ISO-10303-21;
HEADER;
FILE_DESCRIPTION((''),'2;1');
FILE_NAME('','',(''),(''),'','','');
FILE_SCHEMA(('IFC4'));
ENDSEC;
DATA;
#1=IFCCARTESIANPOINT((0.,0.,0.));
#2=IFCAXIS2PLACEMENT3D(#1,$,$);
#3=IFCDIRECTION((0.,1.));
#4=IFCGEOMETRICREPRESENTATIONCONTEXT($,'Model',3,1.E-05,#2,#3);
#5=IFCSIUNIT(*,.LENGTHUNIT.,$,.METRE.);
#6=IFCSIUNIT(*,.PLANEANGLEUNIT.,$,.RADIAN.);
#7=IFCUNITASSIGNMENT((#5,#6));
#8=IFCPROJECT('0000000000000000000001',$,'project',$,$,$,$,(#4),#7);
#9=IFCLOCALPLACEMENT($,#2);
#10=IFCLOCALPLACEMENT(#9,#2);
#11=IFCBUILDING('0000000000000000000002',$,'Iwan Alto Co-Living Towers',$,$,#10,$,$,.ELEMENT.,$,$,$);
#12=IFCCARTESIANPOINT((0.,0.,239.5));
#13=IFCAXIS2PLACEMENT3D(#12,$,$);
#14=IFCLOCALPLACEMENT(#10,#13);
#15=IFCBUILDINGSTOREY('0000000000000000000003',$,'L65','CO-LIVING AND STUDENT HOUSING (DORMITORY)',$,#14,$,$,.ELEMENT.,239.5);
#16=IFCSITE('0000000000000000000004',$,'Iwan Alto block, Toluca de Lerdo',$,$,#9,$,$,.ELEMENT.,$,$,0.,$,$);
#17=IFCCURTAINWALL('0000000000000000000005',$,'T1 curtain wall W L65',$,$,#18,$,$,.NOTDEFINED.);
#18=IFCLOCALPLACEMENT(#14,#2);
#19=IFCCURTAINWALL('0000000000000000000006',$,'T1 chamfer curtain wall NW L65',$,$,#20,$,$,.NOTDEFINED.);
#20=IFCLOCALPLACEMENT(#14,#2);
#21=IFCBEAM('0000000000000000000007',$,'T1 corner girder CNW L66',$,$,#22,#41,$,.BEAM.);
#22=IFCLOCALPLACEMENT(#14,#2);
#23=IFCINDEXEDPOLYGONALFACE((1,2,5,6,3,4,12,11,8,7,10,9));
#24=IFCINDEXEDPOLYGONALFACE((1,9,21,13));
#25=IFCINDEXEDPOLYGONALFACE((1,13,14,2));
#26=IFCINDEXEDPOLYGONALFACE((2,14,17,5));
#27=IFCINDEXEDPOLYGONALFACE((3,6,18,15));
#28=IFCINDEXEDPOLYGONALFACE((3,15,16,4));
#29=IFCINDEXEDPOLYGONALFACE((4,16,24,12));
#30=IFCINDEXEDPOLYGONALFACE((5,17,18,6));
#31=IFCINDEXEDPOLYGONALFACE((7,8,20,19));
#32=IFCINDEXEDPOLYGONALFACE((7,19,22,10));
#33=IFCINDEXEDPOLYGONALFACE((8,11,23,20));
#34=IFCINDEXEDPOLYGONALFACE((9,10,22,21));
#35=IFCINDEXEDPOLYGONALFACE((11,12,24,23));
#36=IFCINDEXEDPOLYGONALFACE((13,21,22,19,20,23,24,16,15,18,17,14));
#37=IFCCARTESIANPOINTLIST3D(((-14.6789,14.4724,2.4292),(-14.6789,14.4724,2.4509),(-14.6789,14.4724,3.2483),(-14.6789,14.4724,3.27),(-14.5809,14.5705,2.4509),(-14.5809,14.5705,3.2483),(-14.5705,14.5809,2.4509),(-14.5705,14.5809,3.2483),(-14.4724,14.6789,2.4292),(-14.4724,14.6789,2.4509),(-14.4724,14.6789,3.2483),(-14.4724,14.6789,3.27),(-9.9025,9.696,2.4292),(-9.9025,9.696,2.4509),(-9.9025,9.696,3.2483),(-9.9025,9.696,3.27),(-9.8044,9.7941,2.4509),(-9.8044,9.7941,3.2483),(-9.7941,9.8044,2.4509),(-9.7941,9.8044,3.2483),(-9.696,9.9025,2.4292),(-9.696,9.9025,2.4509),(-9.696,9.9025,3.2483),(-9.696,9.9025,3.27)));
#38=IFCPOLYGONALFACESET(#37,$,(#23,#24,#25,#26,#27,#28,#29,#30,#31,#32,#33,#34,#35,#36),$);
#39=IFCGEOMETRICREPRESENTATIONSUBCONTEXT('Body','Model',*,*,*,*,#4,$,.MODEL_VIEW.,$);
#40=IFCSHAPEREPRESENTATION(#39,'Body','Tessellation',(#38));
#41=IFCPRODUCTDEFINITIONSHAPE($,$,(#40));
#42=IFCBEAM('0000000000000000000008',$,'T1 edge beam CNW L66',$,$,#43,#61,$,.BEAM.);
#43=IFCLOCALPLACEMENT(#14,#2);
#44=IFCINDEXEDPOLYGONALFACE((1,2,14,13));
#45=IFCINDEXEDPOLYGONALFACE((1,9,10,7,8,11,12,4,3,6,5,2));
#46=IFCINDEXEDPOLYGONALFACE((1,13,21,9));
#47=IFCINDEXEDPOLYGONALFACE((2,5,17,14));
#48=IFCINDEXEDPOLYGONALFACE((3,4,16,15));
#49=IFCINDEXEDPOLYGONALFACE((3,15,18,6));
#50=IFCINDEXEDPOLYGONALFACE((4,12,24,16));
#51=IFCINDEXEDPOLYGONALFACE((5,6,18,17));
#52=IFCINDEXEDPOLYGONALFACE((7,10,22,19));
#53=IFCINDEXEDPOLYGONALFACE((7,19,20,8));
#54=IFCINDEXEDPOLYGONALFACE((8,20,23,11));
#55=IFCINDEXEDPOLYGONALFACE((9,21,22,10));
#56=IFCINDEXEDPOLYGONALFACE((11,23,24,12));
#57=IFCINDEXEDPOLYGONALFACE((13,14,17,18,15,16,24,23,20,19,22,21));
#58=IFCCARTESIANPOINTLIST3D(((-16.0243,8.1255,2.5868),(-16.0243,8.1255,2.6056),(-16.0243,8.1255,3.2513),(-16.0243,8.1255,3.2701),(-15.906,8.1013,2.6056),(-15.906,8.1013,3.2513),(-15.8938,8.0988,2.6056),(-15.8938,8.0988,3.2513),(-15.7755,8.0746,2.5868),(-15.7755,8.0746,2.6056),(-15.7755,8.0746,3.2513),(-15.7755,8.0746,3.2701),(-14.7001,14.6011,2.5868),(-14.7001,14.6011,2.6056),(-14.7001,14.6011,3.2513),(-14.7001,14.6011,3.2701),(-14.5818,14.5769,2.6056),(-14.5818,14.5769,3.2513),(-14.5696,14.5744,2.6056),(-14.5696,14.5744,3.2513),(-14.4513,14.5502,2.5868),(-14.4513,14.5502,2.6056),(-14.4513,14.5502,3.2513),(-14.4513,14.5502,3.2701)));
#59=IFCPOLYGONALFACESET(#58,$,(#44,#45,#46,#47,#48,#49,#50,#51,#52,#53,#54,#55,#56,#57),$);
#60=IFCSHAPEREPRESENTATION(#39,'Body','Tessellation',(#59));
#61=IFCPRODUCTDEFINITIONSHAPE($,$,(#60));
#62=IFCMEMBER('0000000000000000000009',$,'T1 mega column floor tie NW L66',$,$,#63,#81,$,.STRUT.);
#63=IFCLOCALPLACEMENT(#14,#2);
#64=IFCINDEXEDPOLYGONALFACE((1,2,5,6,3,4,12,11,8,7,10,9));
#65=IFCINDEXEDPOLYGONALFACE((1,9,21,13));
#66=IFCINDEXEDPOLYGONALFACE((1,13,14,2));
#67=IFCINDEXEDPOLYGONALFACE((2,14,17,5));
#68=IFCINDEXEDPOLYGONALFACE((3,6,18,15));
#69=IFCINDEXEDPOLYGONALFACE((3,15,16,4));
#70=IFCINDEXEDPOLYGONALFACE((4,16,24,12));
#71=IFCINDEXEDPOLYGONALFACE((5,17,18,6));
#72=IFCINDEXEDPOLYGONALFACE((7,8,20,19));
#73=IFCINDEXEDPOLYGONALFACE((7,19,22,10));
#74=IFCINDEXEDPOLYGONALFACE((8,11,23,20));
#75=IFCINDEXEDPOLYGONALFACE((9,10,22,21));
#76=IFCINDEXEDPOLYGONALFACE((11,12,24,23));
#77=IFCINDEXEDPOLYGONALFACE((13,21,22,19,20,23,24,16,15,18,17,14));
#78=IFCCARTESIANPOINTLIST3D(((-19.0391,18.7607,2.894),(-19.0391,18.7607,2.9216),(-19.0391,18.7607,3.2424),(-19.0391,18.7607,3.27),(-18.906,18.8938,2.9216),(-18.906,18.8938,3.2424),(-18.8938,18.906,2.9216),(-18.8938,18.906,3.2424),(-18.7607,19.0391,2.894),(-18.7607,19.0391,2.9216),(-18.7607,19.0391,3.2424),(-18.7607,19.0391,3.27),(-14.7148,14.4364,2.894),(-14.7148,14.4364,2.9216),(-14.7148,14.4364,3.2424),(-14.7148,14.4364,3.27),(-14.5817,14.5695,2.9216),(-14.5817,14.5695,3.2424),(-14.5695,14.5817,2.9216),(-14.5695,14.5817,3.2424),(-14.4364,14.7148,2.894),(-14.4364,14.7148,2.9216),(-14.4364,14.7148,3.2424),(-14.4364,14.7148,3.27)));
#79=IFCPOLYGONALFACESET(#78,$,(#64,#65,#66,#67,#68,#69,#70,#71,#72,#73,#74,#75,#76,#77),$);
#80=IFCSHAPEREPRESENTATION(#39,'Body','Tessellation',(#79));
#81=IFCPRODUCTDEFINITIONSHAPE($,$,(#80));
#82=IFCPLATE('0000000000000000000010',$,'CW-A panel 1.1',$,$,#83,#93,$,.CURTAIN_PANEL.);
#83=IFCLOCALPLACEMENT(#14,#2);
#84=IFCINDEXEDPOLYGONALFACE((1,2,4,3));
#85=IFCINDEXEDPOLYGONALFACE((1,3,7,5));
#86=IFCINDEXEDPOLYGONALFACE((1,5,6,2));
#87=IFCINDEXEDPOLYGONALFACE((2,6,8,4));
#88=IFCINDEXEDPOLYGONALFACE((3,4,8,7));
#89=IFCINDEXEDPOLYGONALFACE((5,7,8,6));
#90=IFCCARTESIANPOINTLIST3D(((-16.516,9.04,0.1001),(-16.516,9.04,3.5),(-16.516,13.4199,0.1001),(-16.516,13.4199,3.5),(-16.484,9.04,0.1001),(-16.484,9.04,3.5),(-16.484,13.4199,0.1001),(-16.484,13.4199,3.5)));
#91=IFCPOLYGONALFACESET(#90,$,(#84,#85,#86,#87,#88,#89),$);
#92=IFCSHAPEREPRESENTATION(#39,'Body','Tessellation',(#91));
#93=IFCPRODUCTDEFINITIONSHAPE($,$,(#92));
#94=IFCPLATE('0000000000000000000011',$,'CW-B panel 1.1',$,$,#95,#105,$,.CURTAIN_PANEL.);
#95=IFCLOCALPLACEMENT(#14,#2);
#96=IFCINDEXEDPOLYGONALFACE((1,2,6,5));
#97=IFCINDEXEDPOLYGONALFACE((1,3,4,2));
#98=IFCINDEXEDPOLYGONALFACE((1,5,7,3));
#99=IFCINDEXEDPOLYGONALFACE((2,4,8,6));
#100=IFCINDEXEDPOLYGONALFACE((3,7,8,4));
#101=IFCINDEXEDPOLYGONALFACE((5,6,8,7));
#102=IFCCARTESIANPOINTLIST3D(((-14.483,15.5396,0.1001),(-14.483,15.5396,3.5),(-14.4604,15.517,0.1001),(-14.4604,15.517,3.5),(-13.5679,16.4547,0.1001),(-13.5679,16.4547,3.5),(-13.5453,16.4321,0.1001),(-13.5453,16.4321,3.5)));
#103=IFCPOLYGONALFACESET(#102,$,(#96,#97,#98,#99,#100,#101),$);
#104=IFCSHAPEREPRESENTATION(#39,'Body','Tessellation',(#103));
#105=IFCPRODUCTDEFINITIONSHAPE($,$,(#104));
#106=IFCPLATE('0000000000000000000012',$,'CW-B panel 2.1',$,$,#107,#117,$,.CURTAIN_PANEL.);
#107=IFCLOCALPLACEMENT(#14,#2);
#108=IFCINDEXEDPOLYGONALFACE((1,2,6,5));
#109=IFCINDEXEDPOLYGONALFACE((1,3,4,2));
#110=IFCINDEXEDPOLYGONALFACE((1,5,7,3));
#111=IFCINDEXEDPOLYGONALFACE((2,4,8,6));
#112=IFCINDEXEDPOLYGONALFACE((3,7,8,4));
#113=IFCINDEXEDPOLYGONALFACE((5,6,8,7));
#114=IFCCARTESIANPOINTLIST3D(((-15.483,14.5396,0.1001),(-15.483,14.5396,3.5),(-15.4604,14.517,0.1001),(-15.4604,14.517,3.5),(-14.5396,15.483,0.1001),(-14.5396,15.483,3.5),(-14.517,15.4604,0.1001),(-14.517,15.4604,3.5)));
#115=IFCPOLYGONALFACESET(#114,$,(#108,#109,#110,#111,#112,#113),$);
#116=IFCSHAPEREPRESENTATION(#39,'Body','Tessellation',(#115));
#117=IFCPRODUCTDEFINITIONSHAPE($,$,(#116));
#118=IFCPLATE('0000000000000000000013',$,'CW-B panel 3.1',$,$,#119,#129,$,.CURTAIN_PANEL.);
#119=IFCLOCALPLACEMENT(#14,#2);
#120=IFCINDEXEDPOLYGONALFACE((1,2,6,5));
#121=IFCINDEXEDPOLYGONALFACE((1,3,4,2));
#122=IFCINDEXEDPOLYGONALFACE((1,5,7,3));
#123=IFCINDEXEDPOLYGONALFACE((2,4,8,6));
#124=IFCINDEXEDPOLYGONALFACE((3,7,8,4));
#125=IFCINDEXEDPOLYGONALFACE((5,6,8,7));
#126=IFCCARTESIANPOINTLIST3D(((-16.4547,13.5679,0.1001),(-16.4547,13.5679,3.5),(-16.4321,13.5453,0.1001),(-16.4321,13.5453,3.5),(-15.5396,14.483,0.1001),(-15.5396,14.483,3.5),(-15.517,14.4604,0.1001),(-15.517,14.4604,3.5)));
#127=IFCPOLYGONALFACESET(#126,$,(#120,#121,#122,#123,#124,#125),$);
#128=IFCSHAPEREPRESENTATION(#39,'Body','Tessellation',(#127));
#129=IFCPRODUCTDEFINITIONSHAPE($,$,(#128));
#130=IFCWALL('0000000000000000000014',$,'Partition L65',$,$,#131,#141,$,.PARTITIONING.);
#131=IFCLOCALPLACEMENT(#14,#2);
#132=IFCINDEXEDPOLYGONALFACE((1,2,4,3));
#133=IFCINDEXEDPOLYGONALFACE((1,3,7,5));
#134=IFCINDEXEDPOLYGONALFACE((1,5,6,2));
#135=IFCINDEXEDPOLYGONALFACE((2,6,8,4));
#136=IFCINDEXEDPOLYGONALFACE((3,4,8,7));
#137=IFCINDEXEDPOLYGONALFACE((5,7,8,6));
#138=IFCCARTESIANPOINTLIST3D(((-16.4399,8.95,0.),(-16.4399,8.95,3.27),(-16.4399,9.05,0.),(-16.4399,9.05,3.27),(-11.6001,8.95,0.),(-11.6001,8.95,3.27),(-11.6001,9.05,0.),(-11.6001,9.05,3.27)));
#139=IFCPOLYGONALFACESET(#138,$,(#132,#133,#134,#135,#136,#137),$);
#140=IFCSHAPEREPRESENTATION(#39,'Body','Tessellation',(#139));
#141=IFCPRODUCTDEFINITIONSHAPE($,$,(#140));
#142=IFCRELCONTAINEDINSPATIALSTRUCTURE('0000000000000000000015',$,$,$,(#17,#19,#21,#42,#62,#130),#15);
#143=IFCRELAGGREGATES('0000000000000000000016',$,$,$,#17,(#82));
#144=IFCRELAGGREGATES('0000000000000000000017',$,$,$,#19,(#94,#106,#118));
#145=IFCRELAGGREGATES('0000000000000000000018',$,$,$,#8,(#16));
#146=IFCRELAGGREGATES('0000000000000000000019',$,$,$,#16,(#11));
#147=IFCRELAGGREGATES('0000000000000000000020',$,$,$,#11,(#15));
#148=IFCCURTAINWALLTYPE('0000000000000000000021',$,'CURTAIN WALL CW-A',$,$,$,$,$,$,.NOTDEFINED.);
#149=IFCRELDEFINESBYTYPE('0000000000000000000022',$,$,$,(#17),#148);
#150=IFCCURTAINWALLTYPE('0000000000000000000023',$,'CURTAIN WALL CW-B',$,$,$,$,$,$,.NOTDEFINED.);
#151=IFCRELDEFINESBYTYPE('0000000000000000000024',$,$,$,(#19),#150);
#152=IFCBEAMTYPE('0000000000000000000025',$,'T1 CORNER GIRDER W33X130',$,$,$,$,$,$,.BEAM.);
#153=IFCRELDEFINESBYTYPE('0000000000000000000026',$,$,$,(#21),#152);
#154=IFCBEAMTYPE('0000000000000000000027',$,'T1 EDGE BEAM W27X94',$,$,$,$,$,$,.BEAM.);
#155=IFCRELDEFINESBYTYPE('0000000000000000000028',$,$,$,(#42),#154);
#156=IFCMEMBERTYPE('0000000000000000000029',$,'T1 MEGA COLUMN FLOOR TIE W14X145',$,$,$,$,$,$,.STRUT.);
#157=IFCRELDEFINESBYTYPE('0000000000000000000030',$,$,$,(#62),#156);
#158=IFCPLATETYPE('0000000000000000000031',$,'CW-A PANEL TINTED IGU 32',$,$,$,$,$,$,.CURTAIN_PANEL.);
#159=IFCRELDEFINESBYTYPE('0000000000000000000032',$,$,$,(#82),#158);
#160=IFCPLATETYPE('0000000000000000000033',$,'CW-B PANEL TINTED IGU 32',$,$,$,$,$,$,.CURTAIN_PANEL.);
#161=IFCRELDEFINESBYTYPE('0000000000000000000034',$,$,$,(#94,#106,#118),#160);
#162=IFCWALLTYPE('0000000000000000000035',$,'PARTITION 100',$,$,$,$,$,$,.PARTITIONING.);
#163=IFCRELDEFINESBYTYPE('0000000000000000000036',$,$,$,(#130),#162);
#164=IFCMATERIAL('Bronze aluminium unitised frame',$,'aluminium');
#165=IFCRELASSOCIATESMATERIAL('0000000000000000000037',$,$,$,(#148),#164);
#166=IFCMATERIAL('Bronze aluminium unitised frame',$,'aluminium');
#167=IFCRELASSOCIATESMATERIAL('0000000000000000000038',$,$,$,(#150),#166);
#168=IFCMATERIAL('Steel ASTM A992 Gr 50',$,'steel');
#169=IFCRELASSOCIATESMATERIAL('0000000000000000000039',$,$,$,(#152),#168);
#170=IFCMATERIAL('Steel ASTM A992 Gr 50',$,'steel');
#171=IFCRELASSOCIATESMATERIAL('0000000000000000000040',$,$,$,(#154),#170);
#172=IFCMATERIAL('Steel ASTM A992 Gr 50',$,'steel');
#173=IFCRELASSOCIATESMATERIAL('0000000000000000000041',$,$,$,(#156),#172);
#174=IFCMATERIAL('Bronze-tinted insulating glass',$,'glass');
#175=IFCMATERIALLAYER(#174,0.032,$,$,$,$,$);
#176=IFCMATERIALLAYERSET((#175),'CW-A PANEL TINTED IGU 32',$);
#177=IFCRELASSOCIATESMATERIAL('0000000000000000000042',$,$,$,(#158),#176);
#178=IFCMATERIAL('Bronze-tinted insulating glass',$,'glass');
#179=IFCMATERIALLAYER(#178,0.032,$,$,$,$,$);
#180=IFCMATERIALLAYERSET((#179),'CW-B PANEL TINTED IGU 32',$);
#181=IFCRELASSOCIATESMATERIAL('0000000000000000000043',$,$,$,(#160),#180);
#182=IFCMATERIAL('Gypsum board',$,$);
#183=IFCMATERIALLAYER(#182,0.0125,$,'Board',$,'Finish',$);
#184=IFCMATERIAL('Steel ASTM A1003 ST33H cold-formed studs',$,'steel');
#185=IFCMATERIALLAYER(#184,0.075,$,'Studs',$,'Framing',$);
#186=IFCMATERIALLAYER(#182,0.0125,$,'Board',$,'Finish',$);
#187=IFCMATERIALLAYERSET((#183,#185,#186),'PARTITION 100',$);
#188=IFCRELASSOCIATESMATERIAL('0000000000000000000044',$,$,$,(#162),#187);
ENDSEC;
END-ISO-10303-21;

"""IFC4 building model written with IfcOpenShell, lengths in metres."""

from ifc_helpers import new_model, si_unit, direction, frame, frame_2d, origin, origin_2d, place, context, subcontext, project, spatial, rectangle, i_section, extrude, material, layer, layer_set, material_profile, profile_set, type_object, element, aggregate, save


model = new_model("IFC4")

# Units and contexts
model_context = context("Model", 3, precision=1e-05, world=origin(), true_north=direction((0.0, 1.0)))
body_context = subcontext(model_context, "Body", "Model", "MODEL_VIEW")
ifc_project = project(units=[si_unit("LENGTHUNIT", "METRE"), si_unit("PLANEANGLEUNIT", "RADIAN")], contexts=[model_context])

# Site, building, storey
site_placement = place(None, origin())
site = spatial("IfcSite", under=ifc_project, at=site_placement, Name="Iwan Alto block, Toluca de Lerdo", CompositionType="ELEMENT", RefElevation=0.0)
building_placement = place(site_placement, origin())
building = spatial("IfcBuilding", under=site, at=building_placement, Name="Iwan Alto Co-Living Towers", CompositionType="ELEMENT")
storey_placement = place(building_placement, frame((0.0, 0.0, 239.5)))
storey = spatial("IfcBuildingStorey", under=building, at=storey_placement, Name="L65", Description="CO-LIVING AND STUDENT HOUSING (DORMITORY)", CompositionType="ELEMENT", Elevation=239.5)

# Curtain walls
ifc_material_1 = material(Name="Bronze aluminium unitised frame", Category="aluminium")
curtain_wall_type_1 = type_object("IfcCurtainWallType", Name="CURTAIN WALL CW-A", PredefinedType="NOTDEFINED", material=ifc_material_1)
curtain_wall_1_placement = place(storey_placement, origin())
curtain_wall_1 = element("IfcCurtainWall", 1, at=curtain_wall_1_placement, inside=storey, type_object=curtain_wall_type_1, Name="T1 curtain wall W L65", PredefinedType="NOTDEFINED")
ifc_material_2 = material(Name="Bronze aluminium unitised frame", Category="aluminium")
curtain_wall_type_2 = type_object("IfcCurtainWallType", Name="CURTAIN WALL CW-B", PredefinedType="NOTDEFINED", material=ifc_material_2)
curtain_wall_2_placement = place(storey_placement, origin())
curtain_wall_2 = element("IfcCurtainWall", 2, at=curtain_wall_2_placement, inside=storey, type_object=curtain_wall_type_2, Name="T1 chamfer curtain wall NW L65", PredefinedType="NOTDEFINED")

# Beams
ifc_material_3 = material(Name="Steel ASTM A992 Gr 50", Category="steel")
ifc_material_profile_1 = material_profile(ifc_material_3, i_section(OverallWidth=0.292, OverallDepth=0.8408, WebThickness=0.0146, FlangeThickness=0.0217, at=origin_2d()), Name="W33X130")
ifc_profile_set_1 = profile_set([ifc_material_profile_1], Name="Steel ASTM A992 Gr 50")
beam_type_1 = type_object("IfcBeamType", Name="T1 CORNER GIRDER W33X130", PredefinedType="BEAM", material=ifc_profile_set_1)
beam_1_placement = place(storey_placement, frame((-14.5757, 14.5757, 2.8496), z_axis=(0.707107, -0.707107, 0.0), x_axis=(0.707107, 0.707107, 0.0)))
element("IfcBeam", 3, at=beam_1_placement, inside=storey, type_object=beam_type_1, Name="T1 corner girder CNW L66", PredefinedType="BEAM", context=body_context, shape_type="SweptSolid", body=[
    extrude(i_section(OverallWidth=0.292, OverallDepth=0.8408, WebThickness=0.0146, FlangeThickness=0.0217, at=origin_2d()), origin(), (0.0, 0.0, 1.0), 6.7549),
])
ifc_material_4 = material(Name="Steel ASTM A992 Gr 50", Category="steel")
ifc_material_profile_2 = material_profile(ifc_material_4, i_section(OverallWidth=0.2539, OverallDepth=0.6833, WebThickness=0.0125, FlangeThickness=0.0188, at=origin_2d()), Name="W27X94")
ifc_profile_set_2 = profile_set([ifc_material_profile_2], Name="Steel ASTM A992 Gr 50")
beam_type_2 = type_object("IfcBeamType", Name="T1 EDGE BEAM W27X94", PredefinedType="BEAM", material=ifc_profile_set_2)
beam_2_placement = place(storey_placement, frame((-14.5757, 14.5757, 2.9285), z_axis=(-0.200348, -0.979725, 0.0), x_axis=(0.979725, -0.200348, 0.0)))
element("IfcBeam", 4, at=beam_2_placement, inside=storey, type_object=beam_type_2, Name="T1 edge beam CNW L66", PredefinedType="BEAM", context=body_context, shape_type="SweptSolid", body=[
    extrude(i_section(OverallWidth=0.2539, OverallDepth=0.6833, WebThickness=0.0125, FlangeThickness=0.0188, at=origin_2d()), origin(), (0.0, 0.0, 1.0), 6.6096),
])

# Member
ifc_material_5 = material(Name="Steel ASTM A992 Gr 50", Category="steel")
ifc_material_profile_3 = material_profile(ifc_material_5, i_section(OverallWidth=0.3938, OverallDepth=0.376, WebThickness=0.0173, FlangeThickness=0.0276, at=origin_2d()), Name="W14X145")
ifc_profile_set_3 = profile_set([ifc_material_profile_3], Name="Steel ASTM A992 Gr 50")
member_type_1 = type_object("IfcMemberType", Name="T1 MEGA COLUMN FLOOR TIE W14X145", PredefinedType="STRUT", material=ifc_profile_set_3)
member_1_placement = place(storey_placement, frame((-18.8999, 18.8999, 3.082), z_axis=(0.707107, -0.707107, 0.0), x_axis=(0.707107, 0.707107, 0.0)))
element("IfcMember", 5, at=member_1_placement, inside=storey, type_object=member_type_1, Name="T1 mega column floor tie NW L66", PredefinedType="STRUT", context=body_context, shape_type="SweptSolid", body=[
    extrude(i_section(OverallWidth=0.3938, OverallDepth=0.376, WebThickness=0.0173, FlangeThickness=0.0276, at=origin_2d()), origin(), (0.0, 0.0, 1.0), 6.1155),
])

# Plates
ifc_material_6 = material(Name="Bronze-tinted insulating glass", Category="glass")
ifc_layer_1 = layer(ifc_material_6, 0.032)
ifc_layer_set_1 = layer_set([ifc_layer_1], Name="CW-A PANEL TINTED IGU 32")
plate_type_1 = type_object("IfcPlateType", Name="CW-A PANEL TINTED IGU 32", PredefinedType="CURTAIN_PANEL", material=ifc_layer_set_1)
plate_1_placement = place(storey_placement, frame((-16.5, 11.23, 0.1001), z_axis=(0.0, 0.0, 1.0), x_axis=(0.0, -1.0, 0.0)))
plate_1 = element("IfcPlate", 6, at=plate_1_placement, type_object=plate_type_1, Name="CW-A panel 1.1", PredefinedType="CURTAIN_PANEL", context=body_context, shape_type="SweptSolid", body=[
    extrude(rectangle(XDim=4.3799, YDim=0.032, at=origin_2d()), origin(), (0.0, 0.0, 1.0), 3.3999),
])
aggregate(curtain_wall_1, [plate_1])
ifc_material_7 = material(Name="Bronze-tinted insulating glass", Category="glass")
ifc_layer_2 = layer(ifc_material_7, 0.032)
ifc_layer_set_2 = layer_set([ifc_layer_2], Name="CW-B PANEL TINTED IGU 32")
plate_type_2 = type_object("IfcPlateType", Name="CW-B PANEL TINTED IGU 32", PredefinedType="CURTAIN_PANEL", material=ifc_layer_set_2)
plate_2_placement = place(storey_placement, frame((-14.0142, 15.9858, 0.1001), z_axis=(0.0, 0.0, 1.0), x_axis=(-0.707107, -0.707107, 0.0)))
plate_2 = element("IfcPlate", 7, at=plate_2_placement, type_object=plate_type_2, Name="CW-B panel 1.1", PredefinedType="CURTAIN_PANEL", context=body_context, shape_type="SweptSolid", body=[
    extrude(rectangle(XDim=1.2942, YDim=0.032, at=origin_2d()), origin(), (0.0, 0.0, 1.0), 3.3999),
])
plate_3_placement = place(storey_placement, frame((-15.0, 15.0, 0.1001), z_axis=(0.0, 0.0, 1.0), x_axis=(-0.707107, -0.707107, 0.0)))
plate_3 = element("IfcPlate", 8, at=plate_3_placement, type_object=plate_type_2, Name="CW-B panel 2.1", PredefinedType="CURTAIN_PANEL", context=body_context, shape_type="SweptSolid", body=[
    extrude(rectangle(XDim=1.3342, YDim=0.032, at=origin_2d()), origin(), (0.0, 0.0, 1.0), 3.3999),
])
plate_4_placement = place(storey_placement, frame((-15.9858, 14.0142, 0.1001), z_axis=(0.0, 0.0, 1.0), x_axis=(-0.707107, -0.707107, 0.0)))
plate_4 = element("IfcPlate", 9, at=plate_4_placement, type_object=plate_type_2, Name="CW-B panel 3.1", PredefinedType="CURTAIN_PANEL", context=body_context, shape_type="SweptSolid", body=[
    extrude(rectangle(XDim=1.2942, YDim=0.032, at=origin_2d()), origin(), (0.0, 0.0, 1.0), 3.3999),
])
aggregate(curtain_wall_2, [plate_2, plate_3, plate_4])

# Wall
ifc_material_8 = material(Name="Gypsum board")
ifc_layer_3 = layer(ifc_material_8, 0.0125, Name="Board", Category="Finish")
ifc_material_9 = material(Name="Steel ASTM A1003 ST33H cold-formed studs", Category="steel")
ifc_layer_4 = layer(ifc_material_9, 0.075, Name="Studs", Category="Framing")
ifc_layer_5 = layer(ifc_material_8, 0.0125, Name="Board", Category="Finish")
ifc_layer_set_3 = layer_set([ifc_layer_3, ifc_layer_4, ifc_layer_5], Name="PARTITION 100")
wall_type = type_object("IfcWallType", Name="PARTITION 100", PredefinedType="PARTITIONING", material=ifc_layer_set_3)
wall_placement = place(storey_placement, frame((-16.4399, 9.0, 0.0), z_axis=(0.0, 0.0, 1.0), x_axis=(1.0, 0.0, 0.0)))
element("IfcWall", 10, at=wall_placement, inside=storey, type_object=wall_type, Name="Partition L65", PredefinedType="PARTITIONING", context=body_context, shape_type="SweptSolid", body=[
    extrude(rectangle(XDim=4.8398, YDim=0.1001, at=frame_2d((2.4199, 0.0))), origin(), (0.0, 0.0, 1.0), 3.27),
])

save(model, "model.ifc")
